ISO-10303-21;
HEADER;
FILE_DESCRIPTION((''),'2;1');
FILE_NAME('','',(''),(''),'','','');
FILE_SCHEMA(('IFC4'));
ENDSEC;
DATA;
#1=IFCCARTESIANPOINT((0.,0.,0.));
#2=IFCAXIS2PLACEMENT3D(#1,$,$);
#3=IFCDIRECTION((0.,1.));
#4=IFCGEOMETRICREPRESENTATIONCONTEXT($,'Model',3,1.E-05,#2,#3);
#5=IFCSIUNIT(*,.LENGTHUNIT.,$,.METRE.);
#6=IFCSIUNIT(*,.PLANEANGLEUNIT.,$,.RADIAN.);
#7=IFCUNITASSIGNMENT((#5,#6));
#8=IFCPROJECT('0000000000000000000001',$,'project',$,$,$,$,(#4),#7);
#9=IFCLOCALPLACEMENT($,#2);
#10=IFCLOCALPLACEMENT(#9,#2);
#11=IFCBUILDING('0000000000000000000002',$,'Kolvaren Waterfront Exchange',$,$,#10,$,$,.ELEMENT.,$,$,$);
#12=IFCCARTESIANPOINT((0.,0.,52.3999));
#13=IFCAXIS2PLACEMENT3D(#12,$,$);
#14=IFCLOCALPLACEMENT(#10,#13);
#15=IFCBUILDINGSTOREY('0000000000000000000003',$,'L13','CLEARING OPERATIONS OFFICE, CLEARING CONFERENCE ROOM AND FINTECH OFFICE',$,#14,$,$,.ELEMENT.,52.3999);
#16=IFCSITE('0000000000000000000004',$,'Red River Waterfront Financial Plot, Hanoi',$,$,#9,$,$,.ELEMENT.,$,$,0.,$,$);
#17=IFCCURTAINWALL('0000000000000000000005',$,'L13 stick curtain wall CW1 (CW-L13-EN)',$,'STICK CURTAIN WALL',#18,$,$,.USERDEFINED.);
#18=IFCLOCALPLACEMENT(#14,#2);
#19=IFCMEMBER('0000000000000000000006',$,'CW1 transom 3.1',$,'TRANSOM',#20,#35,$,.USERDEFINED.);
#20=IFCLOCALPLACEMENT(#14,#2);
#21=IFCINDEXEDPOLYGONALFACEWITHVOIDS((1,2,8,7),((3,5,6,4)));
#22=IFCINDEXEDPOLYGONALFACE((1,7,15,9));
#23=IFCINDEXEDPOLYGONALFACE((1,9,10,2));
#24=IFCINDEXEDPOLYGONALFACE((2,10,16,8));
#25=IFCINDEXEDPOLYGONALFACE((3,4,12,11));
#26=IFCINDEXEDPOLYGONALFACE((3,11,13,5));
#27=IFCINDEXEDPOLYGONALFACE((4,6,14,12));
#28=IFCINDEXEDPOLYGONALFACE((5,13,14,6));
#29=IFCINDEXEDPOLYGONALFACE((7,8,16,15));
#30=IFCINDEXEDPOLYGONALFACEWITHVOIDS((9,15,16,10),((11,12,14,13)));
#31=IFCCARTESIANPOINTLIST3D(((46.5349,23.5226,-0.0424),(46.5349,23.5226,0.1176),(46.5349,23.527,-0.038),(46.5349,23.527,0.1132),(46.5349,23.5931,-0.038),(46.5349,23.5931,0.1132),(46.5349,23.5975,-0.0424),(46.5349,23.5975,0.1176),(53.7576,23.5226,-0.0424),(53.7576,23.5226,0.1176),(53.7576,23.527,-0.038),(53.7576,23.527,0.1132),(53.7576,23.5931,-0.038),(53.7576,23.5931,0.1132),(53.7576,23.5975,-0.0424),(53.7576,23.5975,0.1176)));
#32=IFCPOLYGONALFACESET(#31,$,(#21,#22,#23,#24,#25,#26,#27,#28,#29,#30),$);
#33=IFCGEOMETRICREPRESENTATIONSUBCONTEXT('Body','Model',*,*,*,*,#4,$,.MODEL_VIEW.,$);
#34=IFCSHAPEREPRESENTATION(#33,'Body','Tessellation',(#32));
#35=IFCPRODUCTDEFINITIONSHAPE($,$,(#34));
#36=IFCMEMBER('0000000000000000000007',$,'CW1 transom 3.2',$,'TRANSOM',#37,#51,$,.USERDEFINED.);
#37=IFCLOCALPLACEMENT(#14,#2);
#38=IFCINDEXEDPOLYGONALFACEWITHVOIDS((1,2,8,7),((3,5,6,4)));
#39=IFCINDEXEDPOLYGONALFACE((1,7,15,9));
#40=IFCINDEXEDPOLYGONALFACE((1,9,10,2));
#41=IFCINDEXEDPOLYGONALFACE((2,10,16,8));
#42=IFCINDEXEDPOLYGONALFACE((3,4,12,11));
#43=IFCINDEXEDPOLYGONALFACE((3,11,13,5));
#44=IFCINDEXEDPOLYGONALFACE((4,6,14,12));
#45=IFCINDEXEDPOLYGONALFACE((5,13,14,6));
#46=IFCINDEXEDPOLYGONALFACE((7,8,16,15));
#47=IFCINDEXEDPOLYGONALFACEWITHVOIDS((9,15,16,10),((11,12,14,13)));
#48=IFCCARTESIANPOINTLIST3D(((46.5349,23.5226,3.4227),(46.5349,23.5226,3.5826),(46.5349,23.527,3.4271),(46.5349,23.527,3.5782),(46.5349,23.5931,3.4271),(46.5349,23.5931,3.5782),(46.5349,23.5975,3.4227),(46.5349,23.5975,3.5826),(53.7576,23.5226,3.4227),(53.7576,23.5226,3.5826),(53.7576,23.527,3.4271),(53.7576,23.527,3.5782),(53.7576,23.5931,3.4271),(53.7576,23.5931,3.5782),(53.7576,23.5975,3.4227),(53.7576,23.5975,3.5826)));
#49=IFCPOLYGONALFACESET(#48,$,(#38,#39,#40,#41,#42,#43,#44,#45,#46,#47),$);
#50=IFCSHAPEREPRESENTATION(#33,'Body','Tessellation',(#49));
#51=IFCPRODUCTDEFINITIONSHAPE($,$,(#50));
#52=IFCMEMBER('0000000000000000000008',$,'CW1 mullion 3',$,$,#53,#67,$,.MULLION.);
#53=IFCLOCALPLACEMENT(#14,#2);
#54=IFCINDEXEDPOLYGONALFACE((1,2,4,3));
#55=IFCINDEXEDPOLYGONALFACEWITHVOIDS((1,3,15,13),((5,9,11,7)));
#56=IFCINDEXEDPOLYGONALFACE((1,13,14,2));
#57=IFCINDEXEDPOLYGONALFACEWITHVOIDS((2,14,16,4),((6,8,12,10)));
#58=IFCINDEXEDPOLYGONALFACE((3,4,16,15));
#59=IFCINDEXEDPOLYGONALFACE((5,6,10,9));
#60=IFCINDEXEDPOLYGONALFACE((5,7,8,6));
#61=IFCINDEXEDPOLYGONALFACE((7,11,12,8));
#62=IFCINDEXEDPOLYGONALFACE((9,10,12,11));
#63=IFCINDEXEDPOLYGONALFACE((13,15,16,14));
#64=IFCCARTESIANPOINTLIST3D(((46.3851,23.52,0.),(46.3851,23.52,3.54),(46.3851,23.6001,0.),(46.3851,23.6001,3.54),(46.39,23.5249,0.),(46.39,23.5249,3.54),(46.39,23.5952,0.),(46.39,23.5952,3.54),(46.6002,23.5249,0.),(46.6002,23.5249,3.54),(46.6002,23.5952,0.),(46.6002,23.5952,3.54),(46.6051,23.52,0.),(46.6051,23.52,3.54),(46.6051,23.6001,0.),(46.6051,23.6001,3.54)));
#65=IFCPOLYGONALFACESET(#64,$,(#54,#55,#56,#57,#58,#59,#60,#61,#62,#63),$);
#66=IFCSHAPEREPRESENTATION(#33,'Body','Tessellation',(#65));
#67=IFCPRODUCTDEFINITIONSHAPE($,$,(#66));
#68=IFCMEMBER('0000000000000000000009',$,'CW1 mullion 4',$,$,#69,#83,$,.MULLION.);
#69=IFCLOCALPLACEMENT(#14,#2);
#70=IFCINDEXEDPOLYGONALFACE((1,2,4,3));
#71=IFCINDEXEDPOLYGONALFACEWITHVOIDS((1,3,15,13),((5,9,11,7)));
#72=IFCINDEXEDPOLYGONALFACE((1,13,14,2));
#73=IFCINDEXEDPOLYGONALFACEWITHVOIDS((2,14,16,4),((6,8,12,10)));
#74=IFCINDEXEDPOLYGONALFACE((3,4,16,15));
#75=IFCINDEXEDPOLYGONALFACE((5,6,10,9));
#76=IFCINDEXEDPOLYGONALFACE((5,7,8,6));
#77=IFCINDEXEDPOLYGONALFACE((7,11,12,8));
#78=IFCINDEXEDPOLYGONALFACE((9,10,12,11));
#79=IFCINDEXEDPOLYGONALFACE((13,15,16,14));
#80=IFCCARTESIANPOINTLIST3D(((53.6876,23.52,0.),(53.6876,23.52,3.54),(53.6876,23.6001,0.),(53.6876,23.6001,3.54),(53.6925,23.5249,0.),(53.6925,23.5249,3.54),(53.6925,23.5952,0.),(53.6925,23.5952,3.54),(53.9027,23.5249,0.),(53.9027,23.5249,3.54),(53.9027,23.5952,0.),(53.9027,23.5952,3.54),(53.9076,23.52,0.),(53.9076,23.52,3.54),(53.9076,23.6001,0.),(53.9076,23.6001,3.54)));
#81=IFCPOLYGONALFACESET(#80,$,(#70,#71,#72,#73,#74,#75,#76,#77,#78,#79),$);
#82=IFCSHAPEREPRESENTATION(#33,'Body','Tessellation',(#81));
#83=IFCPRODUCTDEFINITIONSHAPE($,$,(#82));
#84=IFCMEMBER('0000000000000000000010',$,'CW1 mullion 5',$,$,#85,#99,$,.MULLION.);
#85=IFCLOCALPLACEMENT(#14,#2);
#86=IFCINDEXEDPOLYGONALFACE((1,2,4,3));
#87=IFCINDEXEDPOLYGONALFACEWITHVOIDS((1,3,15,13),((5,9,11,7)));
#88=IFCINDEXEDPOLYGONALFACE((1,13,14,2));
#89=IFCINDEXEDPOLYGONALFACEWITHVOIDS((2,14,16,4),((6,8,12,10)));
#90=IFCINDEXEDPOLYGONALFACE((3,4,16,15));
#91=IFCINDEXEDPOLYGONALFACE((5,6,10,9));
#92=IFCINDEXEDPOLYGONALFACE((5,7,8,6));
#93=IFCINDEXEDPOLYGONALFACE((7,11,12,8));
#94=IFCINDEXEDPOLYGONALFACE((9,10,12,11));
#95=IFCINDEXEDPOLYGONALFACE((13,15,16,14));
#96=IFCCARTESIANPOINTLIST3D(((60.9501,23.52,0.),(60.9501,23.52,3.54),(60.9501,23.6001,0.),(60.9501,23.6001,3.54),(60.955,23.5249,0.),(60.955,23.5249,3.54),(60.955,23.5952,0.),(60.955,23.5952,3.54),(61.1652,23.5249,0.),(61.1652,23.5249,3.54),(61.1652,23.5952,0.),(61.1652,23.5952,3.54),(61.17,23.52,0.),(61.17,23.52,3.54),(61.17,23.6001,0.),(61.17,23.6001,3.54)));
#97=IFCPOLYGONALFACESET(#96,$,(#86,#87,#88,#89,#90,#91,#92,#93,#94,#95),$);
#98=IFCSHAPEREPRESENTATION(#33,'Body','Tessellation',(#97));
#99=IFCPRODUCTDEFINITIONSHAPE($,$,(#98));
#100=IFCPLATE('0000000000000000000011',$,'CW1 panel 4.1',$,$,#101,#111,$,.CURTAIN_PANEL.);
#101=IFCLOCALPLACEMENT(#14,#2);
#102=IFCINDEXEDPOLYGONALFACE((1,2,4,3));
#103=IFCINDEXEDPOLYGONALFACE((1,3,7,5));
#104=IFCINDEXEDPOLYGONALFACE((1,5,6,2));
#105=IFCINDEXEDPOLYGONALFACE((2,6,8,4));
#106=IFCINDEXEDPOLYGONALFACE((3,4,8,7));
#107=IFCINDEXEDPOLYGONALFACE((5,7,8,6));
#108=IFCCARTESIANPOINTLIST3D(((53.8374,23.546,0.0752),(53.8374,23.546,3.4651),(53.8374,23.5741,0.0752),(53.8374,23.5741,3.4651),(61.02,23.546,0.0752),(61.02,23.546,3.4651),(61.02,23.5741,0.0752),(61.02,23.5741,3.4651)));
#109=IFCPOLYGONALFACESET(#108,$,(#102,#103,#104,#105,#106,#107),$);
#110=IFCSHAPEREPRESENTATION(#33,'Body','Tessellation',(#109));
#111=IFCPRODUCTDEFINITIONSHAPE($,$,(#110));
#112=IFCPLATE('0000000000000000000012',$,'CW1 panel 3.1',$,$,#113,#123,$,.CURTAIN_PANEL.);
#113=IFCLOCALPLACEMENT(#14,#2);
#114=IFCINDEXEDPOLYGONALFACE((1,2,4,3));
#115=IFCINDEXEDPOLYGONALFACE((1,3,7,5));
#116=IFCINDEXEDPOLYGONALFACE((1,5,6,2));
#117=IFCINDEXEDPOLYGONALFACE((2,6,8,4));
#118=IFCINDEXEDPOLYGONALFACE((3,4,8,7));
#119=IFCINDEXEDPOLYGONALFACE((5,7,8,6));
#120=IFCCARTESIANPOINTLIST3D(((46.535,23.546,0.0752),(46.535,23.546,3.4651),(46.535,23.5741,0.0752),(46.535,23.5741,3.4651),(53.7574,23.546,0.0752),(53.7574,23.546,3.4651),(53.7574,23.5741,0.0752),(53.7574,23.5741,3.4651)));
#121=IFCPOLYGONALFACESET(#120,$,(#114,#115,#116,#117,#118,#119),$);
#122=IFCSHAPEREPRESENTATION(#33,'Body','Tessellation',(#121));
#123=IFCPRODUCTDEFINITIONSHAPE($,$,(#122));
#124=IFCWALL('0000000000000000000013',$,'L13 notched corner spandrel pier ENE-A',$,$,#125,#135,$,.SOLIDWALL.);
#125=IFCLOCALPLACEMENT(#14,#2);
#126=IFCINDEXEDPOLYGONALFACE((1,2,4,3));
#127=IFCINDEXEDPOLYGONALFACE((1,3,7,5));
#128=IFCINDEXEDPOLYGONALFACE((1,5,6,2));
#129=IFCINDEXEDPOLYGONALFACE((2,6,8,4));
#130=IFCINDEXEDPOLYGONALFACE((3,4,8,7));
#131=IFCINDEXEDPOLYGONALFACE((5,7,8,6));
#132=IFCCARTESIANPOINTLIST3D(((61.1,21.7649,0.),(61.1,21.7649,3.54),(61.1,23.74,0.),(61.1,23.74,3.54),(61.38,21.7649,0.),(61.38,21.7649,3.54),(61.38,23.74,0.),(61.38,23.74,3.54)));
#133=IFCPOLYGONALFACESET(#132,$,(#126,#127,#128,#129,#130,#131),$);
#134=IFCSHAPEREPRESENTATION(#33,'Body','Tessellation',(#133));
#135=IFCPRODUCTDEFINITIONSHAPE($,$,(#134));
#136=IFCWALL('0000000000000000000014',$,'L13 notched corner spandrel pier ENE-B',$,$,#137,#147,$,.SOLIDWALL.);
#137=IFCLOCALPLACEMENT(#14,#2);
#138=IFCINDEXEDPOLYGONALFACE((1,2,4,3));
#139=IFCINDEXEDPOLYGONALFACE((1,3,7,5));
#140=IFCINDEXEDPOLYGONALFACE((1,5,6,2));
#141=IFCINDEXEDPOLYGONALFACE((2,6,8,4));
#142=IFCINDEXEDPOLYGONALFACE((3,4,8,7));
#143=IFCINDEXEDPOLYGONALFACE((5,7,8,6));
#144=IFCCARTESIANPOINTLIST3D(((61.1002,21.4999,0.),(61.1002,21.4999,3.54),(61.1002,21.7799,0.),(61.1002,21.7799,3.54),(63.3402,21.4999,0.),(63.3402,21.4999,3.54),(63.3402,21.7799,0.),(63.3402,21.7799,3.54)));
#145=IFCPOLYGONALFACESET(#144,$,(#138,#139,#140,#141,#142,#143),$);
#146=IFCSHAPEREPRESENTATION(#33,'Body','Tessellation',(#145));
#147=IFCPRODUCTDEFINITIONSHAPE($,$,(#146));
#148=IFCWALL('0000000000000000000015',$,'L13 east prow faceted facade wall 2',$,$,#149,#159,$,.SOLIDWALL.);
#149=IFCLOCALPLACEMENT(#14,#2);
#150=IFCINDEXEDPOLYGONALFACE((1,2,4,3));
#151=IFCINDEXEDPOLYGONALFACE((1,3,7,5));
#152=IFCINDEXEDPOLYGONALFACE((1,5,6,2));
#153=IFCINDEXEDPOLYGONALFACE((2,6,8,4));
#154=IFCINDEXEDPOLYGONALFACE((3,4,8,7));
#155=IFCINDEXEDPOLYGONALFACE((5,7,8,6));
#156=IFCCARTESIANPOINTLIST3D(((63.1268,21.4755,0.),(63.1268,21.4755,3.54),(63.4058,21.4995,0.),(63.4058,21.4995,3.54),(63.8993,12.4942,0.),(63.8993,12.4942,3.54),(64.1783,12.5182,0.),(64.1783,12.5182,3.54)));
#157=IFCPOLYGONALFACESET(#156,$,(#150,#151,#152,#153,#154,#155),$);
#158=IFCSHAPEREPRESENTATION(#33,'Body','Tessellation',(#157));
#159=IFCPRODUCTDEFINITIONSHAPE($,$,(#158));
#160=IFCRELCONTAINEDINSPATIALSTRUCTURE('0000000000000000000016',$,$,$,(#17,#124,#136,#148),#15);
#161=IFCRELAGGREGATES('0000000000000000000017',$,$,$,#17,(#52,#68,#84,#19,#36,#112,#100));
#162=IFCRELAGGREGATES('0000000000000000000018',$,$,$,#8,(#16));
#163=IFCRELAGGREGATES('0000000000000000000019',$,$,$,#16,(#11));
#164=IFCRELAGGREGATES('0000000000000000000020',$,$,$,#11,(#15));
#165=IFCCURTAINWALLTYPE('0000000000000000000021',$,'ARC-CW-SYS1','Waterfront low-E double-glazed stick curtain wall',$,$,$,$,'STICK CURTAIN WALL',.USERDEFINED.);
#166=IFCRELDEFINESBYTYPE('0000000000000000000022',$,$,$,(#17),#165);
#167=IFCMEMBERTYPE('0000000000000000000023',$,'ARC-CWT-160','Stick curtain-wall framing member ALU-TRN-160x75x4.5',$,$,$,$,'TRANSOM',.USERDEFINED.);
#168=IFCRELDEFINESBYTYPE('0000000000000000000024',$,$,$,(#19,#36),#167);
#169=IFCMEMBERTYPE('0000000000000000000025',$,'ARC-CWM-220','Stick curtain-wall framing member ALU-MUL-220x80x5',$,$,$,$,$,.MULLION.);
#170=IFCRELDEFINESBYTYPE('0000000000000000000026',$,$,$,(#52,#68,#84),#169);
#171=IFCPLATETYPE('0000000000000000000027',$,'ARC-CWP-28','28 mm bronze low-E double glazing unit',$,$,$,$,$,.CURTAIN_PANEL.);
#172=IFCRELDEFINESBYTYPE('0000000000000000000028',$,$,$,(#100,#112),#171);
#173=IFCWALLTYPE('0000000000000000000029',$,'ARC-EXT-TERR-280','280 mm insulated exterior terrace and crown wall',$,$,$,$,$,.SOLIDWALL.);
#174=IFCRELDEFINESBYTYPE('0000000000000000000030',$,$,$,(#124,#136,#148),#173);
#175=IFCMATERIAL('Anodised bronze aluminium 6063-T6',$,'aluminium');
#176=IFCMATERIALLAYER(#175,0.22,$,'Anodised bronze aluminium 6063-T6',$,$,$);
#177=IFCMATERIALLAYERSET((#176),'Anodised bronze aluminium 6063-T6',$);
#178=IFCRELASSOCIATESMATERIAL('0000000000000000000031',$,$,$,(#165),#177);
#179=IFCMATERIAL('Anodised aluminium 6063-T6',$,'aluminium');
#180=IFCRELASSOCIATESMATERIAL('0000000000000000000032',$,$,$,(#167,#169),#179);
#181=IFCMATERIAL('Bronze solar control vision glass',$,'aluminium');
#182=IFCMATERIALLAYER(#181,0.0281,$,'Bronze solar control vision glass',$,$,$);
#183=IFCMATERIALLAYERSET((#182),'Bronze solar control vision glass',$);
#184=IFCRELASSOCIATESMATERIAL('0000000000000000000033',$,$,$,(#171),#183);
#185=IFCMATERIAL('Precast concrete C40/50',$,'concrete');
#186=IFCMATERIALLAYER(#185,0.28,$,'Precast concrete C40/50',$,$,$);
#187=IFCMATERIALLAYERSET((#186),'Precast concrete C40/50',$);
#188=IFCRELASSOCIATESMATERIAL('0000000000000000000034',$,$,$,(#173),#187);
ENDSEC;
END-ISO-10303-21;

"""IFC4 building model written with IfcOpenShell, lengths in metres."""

from ifc_helpers import new_model, si_unit, direction, frame, frame_2d, origin, origin_with_axes, origin_2d, place, context, subcontext, project, spatial, rectangle, hollow_rectangle, extrude, source, transform, mapped, material, layer, layer_set, material_profile, profile_set, type_object, element, aggregate, save


model = new_model("IFC4")

# Units and contexts
model_context = context("Model", 3, precision=1e-05, world=origin(), true_north=direction((0.0, 1.0)))
body_context = subcontext(model_context, "Body", "Model", "MODEL_VIEW")
ifc_project = project(units=[si_unit("LENGTHUNIT", "METRE"), si_unit("PLANEANGLEUNIT", "RADIAN")], contexts=[model_context])

# Site, building, storey
site_placement = place(None, origin())
site = spatial("IfcSite", under=ifc_project, at=site_placement, Name="Red River Waterfront Financial Plot, Hanoi", CompositionType="ELEMENT", RefElevation=0.0)
building_placement = place(site_placement, origin())
building = spatial("IfcBuilding", under=site, at=building_placement, Name="Kolvaren Waterfront Exchange", CompositionType="ELEMENT")
storey_placement = place(building_placement, frame((0.0, 0.0, 52.3999)))
storey = spatial("IfcBuildingStorey", under=building, at=storey_placement, Name="L13", Description="CLEARING OPERATIONS OFFICE, CLEARING CONFERENCE ROOM AND FINTECH OFFICE", CompositionType="ELEMENT", Elevation=52.3999)

# Curtain wall, members, plates
ifc_material_1 = material(Name="Anodised bronze aluminium 6063-T6", Category="aluminium")
ifc_layer_1 = layer(ifc_material_1, 0.22, Name="Anodised bronze aluminium 6063-T6")
ifc_layer_set_1 = layer_set([ifc_layer_1], Name="Anodised bronze aluminium 6063-T6")
curtain_wall_type = type_object("IfcCurtainWallType", Name="ARC-CW-SYS1", Description="Waterfront low-E double-glazed stick curtain wall", ElementType="STICK CURTAIN WALL", PredefinedType="USERDEFINED", material=ifc_layer_set_1)
curtain_wall_placement = place(storey_placement, origin())
curtain_wall = element("IfcCurtainWall", 1, at=curtain_wall_placement, inside=storey, type_object=curtain_wall_type, Name="L13 stick curtain wall CW1 (CW-L13-EN)", ObjectType="STICK CURTAIN WALL", PredefinedType="USERDEFINED")
ifc_material_2 = material(Name="Anodised aluminium 6063-T6", Category="aluminium")
ifc_material_profile_1 = material_profile(ifc_material_2, hollow_rectangle(XDim=0.075, YDim=0.1599, WallThickness=0.0044, at=origin_2d()), Name="ALU-TRN-160x75x4.5")
ifc_profile_set_1 = profile_set([ifc_material_profile_1], Name="Anodised aluminium 6063-T6")
member_type_1 = type_object("IfcMemberType", Name="ARC-CWT-160", Description="Stick curtain-wall framing member ALU-TRN-160x75x4.5", ElementType="TRANSOM", PredefinedType="USERDEFINED", material=ifc_profile_set_1)
shared_shape_1 = source(origin_with_axes(), body_context, "Body", "SweptSolid", [
    extrude(hollow_rectangle(XDim=0.075, YDim=0.1599, WallThickness=0.0044, at=origin_2d()), origin(), (0.0, 0.0, 1.0), 7.2227),
])
member_1_placement = place(storey_placement, frame((46.5349, 23.5601, 0.0376), z_axis=(1.0, 0.0, 0.0), x_axis=(0.0, 1.0, 0.0)))
member_1 = element("IfcMember", 2, at=member_1_placement, type_object=member_type_1, Name="CW1 transom 3.1", ObjectType="TRANSOM", PredefinedType="USERDEFINED", context=body_context, shape_type="MappedRepresentation", body=[
    mapped(shared_shape_1, transform((0.0, 0.0, 0.0), x_axis=(1.0, 0.0, 0.0), y_axis=(0.0, 1.0, 0.0), z_axis=(0.0, 0.0, 1.0), scale=1.0)),
])
member_2_placement = place(storey_placement, frame((46.5349, 23.5601, 3.5027), z_axis=(1.0, 0.0, 0.0), x_axis=(0.0, 1.0, 0.0)))
member_2 = element("IfcMember", 3, at=member_2_placement, type_object=member_type_1, Name="CW1 transom 3.2", ObjectType="TRANSOM", PredefinedType="USERDEFINED", context=body_context, shape_type="MappedRepresentation", body=[
    mapped(shared_shape_1, transform((0.0, 0.0, 0.0), x_axis=(1.0, 0.0, 0.0), y_axis=(0.0, 1.0, 0.0), z_axis=(0.0, 0.0, 1.0), scale=1.0)),
])
ifc_material_profile_2 = material_profile(ifc_material_2, hollow_rectangle(XDim=0.0801, YDim=0.22, WallThickness=0.0049, at=origin_2d()), Name="ALU-MUL-220x80x5")
ifc_profile_set_2 = profile_set([ifc_material_profile_2], Name="Anodised aluminium 6063-T6")
member_type_2 = type_object("IfcMemberType", Name="ARC-CWM-220", Description="Stick curtain-wall framing member ALU-MUL-220x80x5", PredefinedType="MULLION", material=ifc_profile_set_2)
shared_shape_2 = source(origin_with_axes(), body_context, "Body", "SweptSolid", [
    extrude(hollow_rectangle(XDim=0.0801, YDim=0.22, WallThickness=0.0049, at=origin_2d()), origin(), (0.0, 0.0, 1.0), 3.54),
])
member_3_placement = place(storey_placement, frame((46.4951, 23.5601, 0.0), z_axis=(0.0, 0.0, 1.0), x_axis=(0.0, 1.0, 0.0)))
member_3 = element("IfcMember", 4, at=member_3_placement, type_object=member_type_2, Name="CW1 mullion 3", PredefinedType="MULLION", context=body_context, shape_type="MappedRepresentation", body=[
    mapped(shared_shape_2, transform((0.0, 0.0, 0.0), x_axis=(1.0, 0.0, 0.0), y_axis=(0.0, 1.0, 0.0), z_axis=(0.0, 0.0, 1.0), scale=1.0)),
])
member_4_placement = place(storey_placement, frame((53.7976, 23.5601, 0.0), z_axis=(0.0, 0.0, 1.0), x_axis=(0.0, 1.0, 0.0)))
member_4 = element("IfcMember", 5, at=member_4_placement, type_object=member_type_2, Name="CW1 mullion 4", PredefinedType="MULLION", context=body_context, shape_type="MappedRepresentation", body=[
    mapped(shared_shape_2, transform((0.0, 0.0, 0.0), x_axis=(1.0, 0.0, 0.0), y_axis=(0.0, 1.0, 0.0), z_axis=(0.0, 0.0, 1.0), scale=1.0)),
])
member_5_placement = place(storey_placement, frame((61.0601, 23.5601, 0.0), z_axis=(0.0, 0.0, 1.0), x_axis=(0.0, 1.0, 0.0)))
member_5 = element("IfcMember", 6, at=member_5_placement, type_object=member_type_2, Name="CW1 mullion 5", PredefinedType="MULLION", context=body_context, shape_type="MappedRepresentation", body=[
    mapped(shared_shape_2, transform((0.0, 0.0, 0.0), x_axis=(1.0, 0.0, 0.0), y_axis=(0.0, 1.0, 0.0), z_axis=(0.0, 0.0, 1.0), scale=1.0)),
])
ifc_material_3 = material(Name="Bronze solar control vision glass", Category="aluminium")
ifc_layer_2 = layer(ifc_material_3, 0.0281, Name="Bronze solar control vision glass")
ifc_layer_set_2 = layer_set([ifc_layer_2], Name="Bronze solar control vision glass")
plate_type = type_object("IfcPlateType", Name="ARC-CWP-28", Description="28 mm bronze low-E double glazing unit", PredefinedType="CURTAIN_PANEL", material=ifc_layer_set_2)
shared_shape_3 = source(origin_with_axes(), body_context, "Body", "SweptSolid", [
    extrude(rectangle(XDim=7.1826, YDim=0.0281, at=origin_2d()), origin(), (0.0, 0.0, 1.0), 3.3899),
])
plate_1_placement = place(storey_placement, frame((57.4287, 23.5601, 0.0752), z_axis=(0.0, 0.0, 1.0), x_axis=(1.0, 0.0, 0.0)))
plate_1 = element("IfcPlate", 7, at=plate_1_placement, type_object=plate_type, Name="CW1 panel 4.1", PredefinedType="CURTAIN_PANEL", context=body_context, shape_type="MappedRepresentation", body=[
    mapped(shared_shape_3, transform((0.0, 0.0, 0.0), x_axis=(1.0, 0.0, 0.0), y_axis=(0.0, 1.0, 0.0), z_axis=(0.0, 0.0, 1.0), scale=1.0)),
])
shared_shape_4 = source(origin_with_axes(), body_context, "Body", "SweptSolid", [
    extrude(rectangle(XDim=7.2224, YDim=0.0281, at=origin_2d()), origin(), (0.0, 0.0, 1.0), 3.3899),
])
plate_2_placement = place(storey_placement, frame((50.1462, 23.5601, 0.0752), z_axis=(0.0, 0.0, 1.0), x_axis=(1.0, 0.0, 0.0)))
plate_2 = element("IfcPlate", 8, at=plate_2_placement, type_object=plate_type, Name="CW1 panel 3.1", PredefinedType="CURTAIN_PANEL", context=body_context, shape_type="MappedRepresentation", body=[
    mapped(shared_shape_4, transform((0.0, 0.0, 0.0), x_axis=(1.0, 0.0, 0.0), y_axis=(0.0, 1.0, 0.0), z_axis=(0.0, 0.0, 1.0), scale=1.0)),
])
aggregate(curtain_wall, [member_3, member_4, member_5, member_1, member_2, plate_2, plate_1])

# Walls
ifc_material_4 = material(Name="Precast concrete C40/50", Category="concrete")
ifc_layer_3 = layer(ifc_material_4, 0.28, Name="Precast concrete C40/50")
ifc_layer_set_3 = layer_set([ifc_layer_3], Name="Precast concrete C40/50")
wall_type_1 = type_object("IfcWallType", Name="ARC-EXT-TERR-280", Description="280 mm insulated exterior terrace and crown wall", PredefinedType="SOLIDWALL", material=ifc_layer_set_3)
wall_1_placement = place(storey_placement, frame((61.24, 21.7649, 0.0), z_axis=(0.0, 0.0, 1.0), x_axis=(0.0, 1.0, 0.0)))
element("IfcWall", 9, at=wall_1_placement, inside=storey, type_object=wall_type_1, Name="L13 notched corner spandrel pier ENE-A", PredefinedType="SOLIDWALL", context=body_context, shape_type="SweptSolid", body=[
    extrude(rectangle(XDim=1.9751, YDim=0.28, at=frame_2d((0.9875, 0.0))), origin(), (0.0, 0.0, 1.0), 3.54),
])
wall_2_placement = place(storey_placement, frame((61.1001, 21.6399, 0.0), z_axis=(0.0, 0.0, 1.0), x_axis=(1.0, 0.0, 0.0)))
element("IfcWall", 10, at=wall_2_placement, inside=storey, type_object=wall_type_1, Name="L13 notched corner spandrel pier ENE-B", PredefinedType="SOLIDWALL", context=body_context, shape_type="SweptSolid", body=[
    extrude(rectangle(XDim=2.24, YDim=0.28, at=frame_2d((1.1201, 0.0))), origin(), (0.0, 0.0, 1.0), 3.54),
])
wall_3_placement = place(storey_placement, frame((64.0388, 12.5061, 0.0), z_axis=(0.0, 0.0, 1.0), x_axis=(-0.085692, 0.996322, 0.0)))
element("IfcWall", 11, at=wall_3_placement, inside=storey, type_object=wall_type_1, Name="L13 east prow faceted facade wall 2", PredefinedType="SOLIDWALL", context=body_context, shape_type="SweptSolid", body=[
    extrude(rectangle(XDim=9.0144, YDim=0.28, at=frame_2d((4.5073, 0.0))), origin(), (0.0, 0.0, 1.0), 3.54),
])

save(model, "model.ifc")
